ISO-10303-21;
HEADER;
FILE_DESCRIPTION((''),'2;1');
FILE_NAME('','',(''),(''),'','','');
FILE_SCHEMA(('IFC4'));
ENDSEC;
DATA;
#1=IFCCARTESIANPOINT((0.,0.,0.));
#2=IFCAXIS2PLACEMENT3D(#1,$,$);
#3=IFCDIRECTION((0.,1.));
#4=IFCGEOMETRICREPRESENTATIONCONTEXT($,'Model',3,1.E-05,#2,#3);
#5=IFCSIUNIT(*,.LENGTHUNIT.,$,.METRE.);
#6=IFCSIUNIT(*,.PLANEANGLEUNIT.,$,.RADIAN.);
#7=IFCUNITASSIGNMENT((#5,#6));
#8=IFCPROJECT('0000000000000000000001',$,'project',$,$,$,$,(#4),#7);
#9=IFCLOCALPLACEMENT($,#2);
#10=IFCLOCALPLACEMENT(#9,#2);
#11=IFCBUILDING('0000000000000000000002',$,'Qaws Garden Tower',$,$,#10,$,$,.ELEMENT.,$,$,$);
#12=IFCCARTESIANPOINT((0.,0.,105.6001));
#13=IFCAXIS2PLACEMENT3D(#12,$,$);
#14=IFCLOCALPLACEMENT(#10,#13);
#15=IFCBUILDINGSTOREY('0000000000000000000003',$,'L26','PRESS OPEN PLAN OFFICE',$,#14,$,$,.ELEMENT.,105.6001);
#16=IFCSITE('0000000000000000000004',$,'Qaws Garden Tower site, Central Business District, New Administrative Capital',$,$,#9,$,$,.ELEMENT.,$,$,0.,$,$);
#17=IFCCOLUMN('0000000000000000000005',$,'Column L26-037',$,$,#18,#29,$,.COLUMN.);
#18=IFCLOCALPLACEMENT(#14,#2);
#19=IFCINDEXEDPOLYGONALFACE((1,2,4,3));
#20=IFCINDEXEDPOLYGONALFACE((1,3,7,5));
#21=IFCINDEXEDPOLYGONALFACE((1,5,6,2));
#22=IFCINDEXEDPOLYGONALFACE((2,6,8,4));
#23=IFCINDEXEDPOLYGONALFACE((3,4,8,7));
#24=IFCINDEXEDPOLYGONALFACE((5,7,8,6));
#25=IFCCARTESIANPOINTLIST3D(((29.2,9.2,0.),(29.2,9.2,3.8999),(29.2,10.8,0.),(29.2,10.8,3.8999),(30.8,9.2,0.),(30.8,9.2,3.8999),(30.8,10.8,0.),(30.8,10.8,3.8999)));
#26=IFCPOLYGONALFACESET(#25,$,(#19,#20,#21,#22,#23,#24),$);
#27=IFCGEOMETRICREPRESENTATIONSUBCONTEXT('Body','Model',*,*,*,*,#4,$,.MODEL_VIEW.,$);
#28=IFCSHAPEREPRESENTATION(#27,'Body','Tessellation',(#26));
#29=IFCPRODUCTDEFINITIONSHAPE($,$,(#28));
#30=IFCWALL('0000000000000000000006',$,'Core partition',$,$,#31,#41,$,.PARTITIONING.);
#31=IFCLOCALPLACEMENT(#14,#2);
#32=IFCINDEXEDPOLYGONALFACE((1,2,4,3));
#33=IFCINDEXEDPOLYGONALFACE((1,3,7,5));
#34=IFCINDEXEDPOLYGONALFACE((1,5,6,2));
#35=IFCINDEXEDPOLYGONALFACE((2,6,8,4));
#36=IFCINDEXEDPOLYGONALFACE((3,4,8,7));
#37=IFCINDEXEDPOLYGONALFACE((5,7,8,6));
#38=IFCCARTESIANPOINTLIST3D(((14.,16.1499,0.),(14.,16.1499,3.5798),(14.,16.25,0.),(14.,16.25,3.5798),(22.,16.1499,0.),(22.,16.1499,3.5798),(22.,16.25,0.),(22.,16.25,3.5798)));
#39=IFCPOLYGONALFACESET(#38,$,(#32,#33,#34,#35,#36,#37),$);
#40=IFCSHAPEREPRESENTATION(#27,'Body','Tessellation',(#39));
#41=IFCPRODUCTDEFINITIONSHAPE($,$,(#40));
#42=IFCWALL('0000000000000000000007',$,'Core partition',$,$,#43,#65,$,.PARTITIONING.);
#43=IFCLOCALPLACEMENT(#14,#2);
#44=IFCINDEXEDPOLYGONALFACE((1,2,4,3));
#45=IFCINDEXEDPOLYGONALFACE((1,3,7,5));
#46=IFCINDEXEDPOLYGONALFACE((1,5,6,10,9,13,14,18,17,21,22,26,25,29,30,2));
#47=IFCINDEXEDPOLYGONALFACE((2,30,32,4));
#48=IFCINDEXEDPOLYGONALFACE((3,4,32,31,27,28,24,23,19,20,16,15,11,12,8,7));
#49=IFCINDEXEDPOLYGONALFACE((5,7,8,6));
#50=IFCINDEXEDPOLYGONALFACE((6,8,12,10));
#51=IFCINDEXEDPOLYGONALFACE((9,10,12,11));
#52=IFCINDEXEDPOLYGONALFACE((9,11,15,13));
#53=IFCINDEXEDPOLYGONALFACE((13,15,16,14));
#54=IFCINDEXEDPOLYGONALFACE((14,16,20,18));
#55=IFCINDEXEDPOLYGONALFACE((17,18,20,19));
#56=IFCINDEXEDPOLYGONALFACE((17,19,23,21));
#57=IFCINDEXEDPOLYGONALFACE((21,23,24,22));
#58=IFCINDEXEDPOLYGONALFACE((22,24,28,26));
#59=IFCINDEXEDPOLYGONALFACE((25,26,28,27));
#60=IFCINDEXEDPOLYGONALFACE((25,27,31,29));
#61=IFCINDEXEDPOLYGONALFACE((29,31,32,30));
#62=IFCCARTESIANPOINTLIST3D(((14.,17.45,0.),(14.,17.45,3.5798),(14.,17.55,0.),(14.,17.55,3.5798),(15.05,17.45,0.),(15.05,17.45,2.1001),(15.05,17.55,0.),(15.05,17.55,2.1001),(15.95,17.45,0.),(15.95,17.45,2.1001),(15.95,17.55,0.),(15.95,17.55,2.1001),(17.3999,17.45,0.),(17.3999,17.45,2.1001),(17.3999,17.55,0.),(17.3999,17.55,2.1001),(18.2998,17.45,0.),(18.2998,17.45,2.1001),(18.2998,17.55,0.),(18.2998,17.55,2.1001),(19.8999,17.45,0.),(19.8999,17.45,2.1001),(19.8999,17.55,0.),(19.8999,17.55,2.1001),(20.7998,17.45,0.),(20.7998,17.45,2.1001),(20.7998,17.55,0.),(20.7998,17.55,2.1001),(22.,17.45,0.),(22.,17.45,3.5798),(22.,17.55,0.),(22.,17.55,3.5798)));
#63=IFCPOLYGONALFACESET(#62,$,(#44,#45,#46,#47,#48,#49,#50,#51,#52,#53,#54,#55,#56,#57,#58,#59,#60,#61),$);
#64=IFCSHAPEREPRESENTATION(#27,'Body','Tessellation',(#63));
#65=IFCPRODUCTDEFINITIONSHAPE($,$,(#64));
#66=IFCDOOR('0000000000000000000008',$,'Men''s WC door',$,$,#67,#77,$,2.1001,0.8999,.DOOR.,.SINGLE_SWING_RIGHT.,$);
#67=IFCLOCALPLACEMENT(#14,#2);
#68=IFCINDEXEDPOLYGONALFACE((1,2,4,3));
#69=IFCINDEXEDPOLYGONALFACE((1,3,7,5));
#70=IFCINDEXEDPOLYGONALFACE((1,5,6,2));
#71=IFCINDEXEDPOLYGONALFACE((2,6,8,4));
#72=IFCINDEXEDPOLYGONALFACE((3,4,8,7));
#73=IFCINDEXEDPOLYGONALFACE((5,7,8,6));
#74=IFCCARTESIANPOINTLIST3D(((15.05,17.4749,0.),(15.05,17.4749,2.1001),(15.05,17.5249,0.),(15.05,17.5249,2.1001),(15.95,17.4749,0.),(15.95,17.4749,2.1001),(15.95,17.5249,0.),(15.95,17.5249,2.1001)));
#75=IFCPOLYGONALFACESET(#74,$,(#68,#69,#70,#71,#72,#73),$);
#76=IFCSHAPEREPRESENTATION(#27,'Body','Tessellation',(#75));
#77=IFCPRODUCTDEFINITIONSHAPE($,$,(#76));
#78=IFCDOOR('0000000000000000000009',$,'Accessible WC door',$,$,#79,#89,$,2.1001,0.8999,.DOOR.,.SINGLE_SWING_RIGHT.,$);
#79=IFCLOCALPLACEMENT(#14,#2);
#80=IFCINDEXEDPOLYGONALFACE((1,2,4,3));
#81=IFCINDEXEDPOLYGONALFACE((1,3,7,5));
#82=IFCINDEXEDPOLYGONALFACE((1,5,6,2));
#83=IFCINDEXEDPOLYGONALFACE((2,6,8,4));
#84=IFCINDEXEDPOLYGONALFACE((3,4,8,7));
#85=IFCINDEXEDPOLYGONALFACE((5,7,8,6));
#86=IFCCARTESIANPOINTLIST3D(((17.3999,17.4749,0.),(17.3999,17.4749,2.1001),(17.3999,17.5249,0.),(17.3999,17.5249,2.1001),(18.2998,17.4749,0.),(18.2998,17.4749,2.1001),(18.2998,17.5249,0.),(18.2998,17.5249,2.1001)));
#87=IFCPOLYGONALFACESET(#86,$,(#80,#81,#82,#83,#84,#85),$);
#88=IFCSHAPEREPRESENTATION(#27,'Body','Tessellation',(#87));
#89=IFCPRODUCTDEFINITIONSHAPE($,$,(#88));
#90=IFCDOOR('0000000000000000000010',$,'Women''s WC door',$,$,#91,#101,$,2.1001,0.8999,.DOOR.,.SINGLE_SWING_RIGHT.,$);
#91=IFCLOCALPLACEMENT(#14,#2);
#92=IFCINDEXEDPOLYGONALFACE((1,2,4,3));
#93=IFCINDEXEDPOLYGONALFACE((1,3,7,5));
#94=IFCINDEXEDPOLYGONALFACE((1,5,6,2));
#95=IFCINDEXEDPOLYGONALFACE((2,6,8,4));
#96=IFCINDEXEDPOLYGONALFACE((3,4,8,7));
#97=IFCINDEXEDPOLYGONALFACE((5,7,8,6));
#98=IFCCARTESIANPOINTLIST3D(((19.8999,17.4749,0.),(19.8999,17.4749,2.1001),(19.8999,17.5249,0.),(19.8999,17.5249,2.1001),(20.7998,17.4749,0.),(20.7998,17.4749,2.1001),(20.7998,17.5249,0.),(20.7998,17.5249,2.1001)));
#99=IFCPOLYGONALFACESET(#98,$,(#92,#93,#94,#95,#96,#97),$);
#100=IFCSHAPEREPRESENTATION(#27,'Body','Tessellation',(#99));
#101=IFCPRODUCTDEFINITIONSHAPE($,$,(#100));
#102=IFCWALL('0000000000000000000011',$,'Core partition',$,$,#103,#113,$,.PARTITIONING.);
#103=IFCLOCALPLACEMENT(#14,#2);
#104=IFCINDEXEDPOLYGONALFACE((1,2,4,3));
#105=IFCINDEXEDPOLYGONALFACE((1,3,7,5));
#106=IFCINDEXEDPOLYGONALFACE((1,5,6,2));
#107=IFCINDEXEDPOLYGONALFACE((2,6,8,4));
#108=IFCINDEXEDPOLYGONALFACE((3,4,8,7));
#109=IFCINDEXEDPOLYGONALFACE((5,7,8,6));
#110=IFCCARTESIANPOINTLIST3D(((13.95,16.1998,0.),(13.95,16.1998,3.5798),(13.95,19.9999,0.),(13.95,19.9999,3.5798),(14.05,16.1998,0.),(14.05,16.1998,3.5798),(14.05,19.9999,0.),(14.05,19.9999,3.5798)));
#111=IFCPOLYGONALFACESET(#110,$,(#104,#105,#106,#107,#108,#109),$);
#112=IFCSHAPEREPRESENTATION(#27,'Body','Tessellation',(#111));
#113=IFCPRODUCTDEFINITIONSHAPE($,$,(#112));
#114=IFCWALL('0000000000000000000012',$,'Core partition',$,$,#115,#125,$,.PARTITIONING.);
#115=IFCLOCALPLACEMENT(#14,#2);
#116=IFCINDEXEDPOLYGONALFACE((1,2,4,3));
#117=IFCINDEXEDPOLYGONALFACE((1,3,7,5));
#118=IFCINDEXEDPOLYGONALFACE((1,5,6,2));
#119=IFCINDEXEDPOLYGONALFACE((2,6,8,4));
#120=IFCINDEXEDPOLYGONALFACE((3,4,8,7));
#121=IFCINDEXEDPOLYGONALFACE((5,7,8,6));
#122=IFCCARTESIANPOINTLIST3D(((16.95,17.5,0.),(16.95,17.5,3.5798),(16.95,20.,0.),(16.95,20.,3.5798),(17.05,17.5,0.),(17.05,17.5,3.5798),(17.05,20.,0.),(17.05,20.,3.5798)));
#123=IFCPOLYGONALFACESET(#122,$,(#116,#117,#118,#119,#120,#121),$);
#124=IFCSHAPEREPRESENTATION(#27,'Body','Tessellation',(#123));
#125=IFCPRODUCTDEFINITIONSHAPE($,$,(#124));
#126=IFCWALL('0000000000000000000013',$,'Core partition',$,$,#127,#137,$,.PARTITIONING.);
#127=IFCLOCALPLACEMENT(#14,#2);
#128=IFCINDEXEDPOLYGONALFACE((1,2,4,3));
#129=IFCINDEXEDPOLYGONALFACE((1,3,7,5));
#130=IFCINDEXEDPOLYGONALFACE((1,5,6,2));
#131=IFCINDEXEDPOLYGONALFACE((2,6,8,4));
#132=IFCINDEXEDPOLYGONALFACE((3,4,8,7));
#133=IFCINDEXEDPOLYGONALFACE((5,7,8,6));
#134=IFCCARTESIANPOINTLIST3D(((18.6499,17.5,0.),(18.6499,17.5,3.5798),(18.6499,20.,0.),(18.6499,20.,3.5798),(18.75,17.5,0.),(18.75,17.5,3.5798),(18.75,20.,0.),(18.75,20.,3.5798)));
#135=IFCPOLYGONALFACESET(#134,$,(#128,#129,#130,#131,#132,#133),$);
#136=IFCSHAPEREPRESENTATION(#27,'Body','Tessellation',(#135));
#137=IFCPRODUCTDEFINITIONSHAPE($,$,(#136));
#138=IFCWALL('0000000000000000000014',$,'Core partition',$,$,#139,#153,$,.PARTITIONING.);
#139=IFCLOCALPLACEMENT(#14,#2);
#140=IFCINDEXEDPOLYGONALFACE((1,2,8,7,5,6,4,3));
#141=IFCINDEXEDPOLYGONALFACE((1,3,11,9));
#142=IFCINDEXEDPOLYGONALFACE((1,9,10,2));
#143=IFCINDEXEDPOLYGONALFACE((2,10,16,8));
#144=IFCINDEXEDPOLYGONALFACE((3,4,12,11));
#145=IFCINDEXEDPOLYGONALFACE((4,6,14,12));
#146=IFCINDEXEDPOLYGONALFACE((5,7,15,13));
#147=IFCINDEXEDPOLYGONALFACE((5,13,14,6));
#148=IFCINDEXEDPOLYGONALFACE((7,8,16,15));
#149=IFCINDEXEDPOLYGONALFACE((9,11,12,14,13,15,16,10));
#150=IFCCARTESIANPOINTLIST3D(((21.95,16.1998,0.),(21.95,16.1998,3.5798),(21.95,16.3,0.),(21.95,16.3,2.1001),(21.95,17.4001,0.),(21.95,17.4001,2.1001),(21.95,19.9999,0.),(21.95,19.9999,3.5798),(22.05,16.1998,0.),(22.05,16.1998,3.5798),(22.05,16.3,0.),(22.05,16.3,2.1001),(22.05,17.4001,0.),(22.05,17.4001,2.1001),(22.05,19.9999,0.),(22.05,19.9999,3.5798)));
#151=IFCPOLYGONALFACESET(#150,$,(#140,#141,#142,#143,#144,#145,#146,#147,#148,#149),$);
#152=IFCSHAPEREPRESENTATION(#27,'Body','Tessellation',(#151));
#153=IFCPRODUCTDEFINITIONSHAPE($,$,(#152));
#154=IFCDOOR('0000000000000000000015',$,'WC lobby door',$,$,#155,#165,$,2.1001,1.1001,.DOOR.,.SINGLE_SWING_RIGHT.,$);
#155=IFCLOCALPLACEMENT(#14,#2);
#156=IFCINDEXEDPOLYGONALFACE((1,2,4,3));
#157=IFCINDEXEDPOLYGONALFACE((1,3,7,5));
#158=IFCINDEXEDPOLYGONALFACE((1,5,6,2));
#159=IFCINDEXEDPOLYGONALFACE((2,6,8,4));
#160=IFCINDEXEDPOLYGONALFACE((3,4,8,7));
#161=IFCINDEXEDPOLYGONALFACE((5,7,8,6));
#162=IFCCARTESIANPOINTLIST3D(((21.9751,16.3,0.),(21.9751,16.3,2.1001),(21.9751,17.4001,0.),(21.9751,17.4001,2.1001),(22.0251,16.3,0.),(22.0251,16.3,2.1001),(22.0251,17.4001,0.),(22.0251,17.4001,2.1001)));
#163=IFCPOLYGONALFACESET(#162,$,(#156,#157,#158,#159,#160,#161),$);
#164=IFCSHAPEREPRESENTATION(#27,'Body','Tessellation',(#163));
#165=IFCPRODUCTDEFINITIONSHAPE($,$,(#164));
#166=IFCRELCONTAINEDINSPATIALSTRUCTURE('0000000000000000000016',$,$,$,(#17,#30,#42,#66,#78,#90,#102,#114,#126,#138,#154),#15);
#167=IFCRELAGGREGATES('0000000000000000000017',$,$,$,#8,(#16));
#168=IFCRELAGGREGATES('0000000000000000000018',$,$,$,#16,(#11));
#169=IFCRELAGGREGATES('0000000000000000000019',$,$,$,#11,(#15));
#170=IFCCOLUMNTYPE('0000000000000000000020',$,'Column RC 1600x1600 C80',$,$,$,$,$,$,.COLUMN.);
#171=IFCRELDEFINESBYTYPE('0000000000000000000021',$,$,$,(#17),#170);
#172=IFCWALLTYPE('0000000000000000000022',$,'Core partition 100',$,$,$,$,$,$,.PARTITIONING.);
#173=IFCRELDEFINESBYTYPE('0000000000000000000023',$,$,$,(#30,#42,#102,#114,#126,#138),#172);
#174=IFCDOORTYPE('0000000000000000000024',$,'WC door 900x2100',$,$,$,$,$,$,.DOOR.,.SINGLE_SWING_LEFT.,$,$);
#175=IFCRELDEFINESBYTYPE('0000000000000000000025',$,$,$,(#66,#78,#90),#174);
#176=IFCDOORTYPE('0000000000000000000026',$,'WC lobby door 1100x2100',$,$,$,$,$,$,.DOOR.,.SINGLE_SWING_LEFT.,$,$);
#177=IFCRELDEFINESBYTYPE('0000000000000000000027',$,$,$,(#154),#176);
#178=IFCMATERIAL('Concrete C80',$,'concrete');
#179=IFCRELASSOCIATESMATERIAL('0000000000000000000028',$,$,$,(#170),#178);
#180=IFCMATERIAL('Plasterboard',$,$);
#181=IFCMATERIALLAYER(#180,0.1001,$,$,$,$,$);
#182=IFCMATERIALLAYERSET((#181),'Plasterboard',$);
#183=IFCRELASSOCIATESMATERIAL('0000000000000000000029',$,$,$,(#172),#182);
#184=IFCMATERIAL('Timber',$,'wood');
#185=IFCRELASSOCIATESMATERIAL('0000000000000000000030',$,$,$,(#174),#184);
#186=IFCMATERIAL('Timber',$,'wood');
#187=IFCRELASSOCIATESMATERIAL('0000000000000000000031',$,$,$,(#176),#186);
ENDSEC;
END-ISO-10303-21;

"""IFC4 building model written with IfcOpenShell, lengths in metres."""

from ifc_helpers import new_model, si_unit, direction, frame, frame_2d, origin, origin_2d, place, context, subcontext, project, spatial, rectangle, extrude, material, layer, layer_set, material_profile, profile_set, type_object, element, fill, save


model = new_model("IFC4")

# Units and contexts
model_context = context("Model", 3, precision=1e-05, world=origin(), true_north=direction((0.0, 1.0)))
body_context = subcontext(model_context, "Body", "Model", "MODEL_VIEW")
ifc_project = project(units=[si_unit("LENGTHUNIT", "METRE"), si_unit("PLANEANGLEUNIT", "RADIAN")], contexts=[model_context])

# Site, building, storey
site_placement = place(None, origin())
site = spatial("IfcSite", under=ifc_project, at=site_placement, Name="Qaws Garden Tower site, Central Business District, New Administrative Capital", CompositionType="ELEMENT", RefElevation=0.0)
building_placement = place(site_placement, origin())
building = spatial("IfcBuilding", under=site, at=building_placement, Name="Qaws Garden Tower", CompositionType="ELEMENT")
storey_placement = place(building_placement, frame((0.0, 0.0, 105.6001)))
storey = spatial("IfcBuildingStorey", under=building, at=storey_placement, Name="L26", Description="PRESS OPEN PLAN OFFICE", CompositionType="ELEMENT", Elevation=105.6001)

# Column
ifc_material_1 = material(Name="Concrete C80", Category="concrete")
ifc_material_profile = material_profile(ifc_material_1, rectangle(XDim=1.6001, YDim=1.6001, at=origin_2d()), Name="RC 1600x1600")
ifc_profile_set = profile_set([ifc_material_profile], Name="Concrete C80")
column_type = type_object("IfcColumnType", Name="Column RC 1600x1600 C80", PredefinedType="COLUMN", material=ifc_profile_set)
column_placement = place(storey_placement, frame((30.0, 10.0, 0.0), z_axis=(0.0, 0.0, 1.0), x_axis=(1.0, 0.0, 0.0)))
element("IfcColumn", 1, at=column_placement, inside=storey, type_object=column_type, Name="Column L26-037", PredefinedType="COLUMN", context=body_context, shape_type="SweptSolid", body=[
    extrude(rectangle(XDim=1.6001, YDim=1.6001, at=origin_2d()), origin(), (0.0, 0.0, 1.0), 3.8999),
])

# Wall
ifc_material_2 = material(Name="Plasterboard")
ifc_layer_1 = layer(ifc_material_2, 0.1001)
ifc_layer_set_1 = layer_set([ifc_layer_1], Name="Plasterboard")
wall_type_1 = type_object("IfcWallType", Name="Core partition 100", PredefinedType="PARTITIONING", material=ifc_layer_set_1)
wall_1_placement = place(storey_placement, frame((14.0, 16.2, 0.0), z_axis=(0.0, 0.0, 1.0), x_axis=(1.0, 0.0, 0.0)))
element("IfcWall", 2, at=wall_1_placement, inside=storey, type_object=wall_type_1, Name="Core partition", PredefinedType="PARTITIONING", context=body_context, shape_type="SweptSolid", body=[
    extrude(rectangle(XDim=8.0, YDim=0.1001, at=frame_2d((4.0, 0.0))), origin(), (0.0, 0.0, 1.0), 3.5798),
])

# Wall, openings, doors
wall_2_placement = place(storey_placement, frame((14.0, 17.5, 0.0), z_axis=(0.0, 0.0, 1.0), x_axis=(1.0, 0.0, 0.0)))
wall_2 = element("IfcWall", 3, at=wall_2_placement, inside=storey, type_object=wall_type_1, Name="Core partition", PredefinedType="PARTITIONING", context=body_context, shape_type="SweptSolid", body=[
    extrude(rectangle(XDim=8.0, YDim=0.1001, at=frame_2d((4.0, 0.0))), origin(), (0.0, 0.0, 1.0), 3.5798),
])
opening_1_placement = place(wall_2_placement, frame((1.05, 0.0, 0.0)))
opening_1 = element("IfcOpeningElement", 4, at=opening_1_placement, cuts=wall_2, PredefinedType="OPENING", context=body_context, shape_type="SweptSolid", body=[
    extrude(rectangle(XDim=0.8999, YDim=2.1001, at=frame_2d((0.45, 1.05))), frame((0.0, 0.0601, 0.0), z_axis=(0.0, -1.0, 0.0), x_axis=(1.0, 0.0, 0.0)), (0.0, 0.0, 1.0), 0.1201),
])
opening_2_placement = place(wall_2_placement, frame((3.3999, 0.0, 0.0)))
opening_2 = element("IfcOpeningElement", 5, at=opening_2_placement, cuts=wall_2, PredefinedType="OPENING", context=body_context, shape_type="SweptSolid", body=[
    extrude(rectangle(XDim=0.8999, YDim=2.1001, at=frame_2d((0.45, 1.05))), frame((0.0, 0.0601, 0.0), z_axis=(0.0, -1.0, 0.0), x_axis=(1.0, 0.0, 0.0)), (0.0, 0.0, 1.0), 0.1201),
])
opening_3_placement = place(wall_2_placement, frame((5.8999, 0.0, 0.0)))
opening_3 = element("IfcOpeningElement", 6, at=opening_3_placement, cuts=wall_2, PredefinedType="OPENING", context=body_context, shape_type="SweptSolid", body=[
    extrude(rectangle(XDim=0.8999, YDim=2.1001, at=frame_2d((0.45, 1.05))), frame((0.0, 0.0601, 0.0), z_axis=(0.0, -1.0, 0.0), x_axis=(1.0, 0.0, 0.0)), (0.0, 0.0, 1.0), 0.1201),
])
ifc_material_3 = material(Name="Timber", Category="wood")
door_type_1 = type_object("IfcDoorType", Name="WC door 900x2100", OperationType="SINGLE_SWING_LEFT", PredefinedType="DOOR", material=ifc_material_3)
door_1_placement = place(opening_1_placement, origin())
door_1 = element("IfcDoor", 7, at=door_1_placement, inside=storey, type_object=door_type_1, Name="Men's WC door", OperationType="SINGLE_SWING_RIGHT", OverallHeight=2.1001, OverallWidth=0.8999, PredefinedType="DOOR", context=body_context, shape_type="SweptSolid", body=[
    extrude(rectangle(XDim=0.8999, YDim=2.1001, at=frame_2d((0.45, 1.05))), frame((0.0, 0.0249, 0.0), z_axis=(0.0, -1.0, 0.0), x_axis=(1.0, 0.0, 0.0)), (0.0, 0.0, 1.0), 0.05),
])
fill(opening_1, door_1)
door_2_placement = place(opening_2_placement, origin())
door_2 = element("IfcDoor", 8, at=door_2_placement, inside=storey, type_object=door_type_1, Name="Accessible WC door", OperationType="SINGLE_SWING_RIGHT", OverallHeight=2.1001, OverallWidth=0.8999, PredefinedType="DOOR", context=body_context, shape_type="SweptSolid", body=[
    extrude(rectangle(XDim=0.8999, YDim=2.1001, at=frame_2d((0.45, 1.05))), frame((0.0, 0.0249, 0.0), z_axis=(0.0, -1.0, 0.0), x_axis=(1.0, 0.0, 0.0)), (0.0, 0.0, 1.0), 0.05),
])
fill(opening_2, door_2)
door_3_placement = place(opening_3_placement, origin())
door_3 = element("IfcDoor", 9, at=door_3_placement, inside=storey, type_object=door_type_1, Name="Women's WC door", OperationType="SINGLE_SWING_RIGHT", OverallHeight=2.1001, OverallWidth=0.8999, PredefinedType="DOOR", context=body_context, shape_type="SweptSolid", body=[
    extrude(rectangle(XDim=0.8999, YDim=2.1001, at=frame_2d((0.45, 1.05))), frame((0.0, 0.0249, 0.0), z_axis=(0.0, -1.0, 0.0), x_axis=(1.0, 0.0, 0.0)), (0.0, 0.0, 1.0), 0.05),
])
fill(opening_3, door_3)

# Walls
wall_3_placement = place(storey_placement, frame((14.0, 16.2, 0.0), z_axis=(0.0, 0.0, 1.0), x_axis=(0.0, 1.0, 0.0)))
element("IfcWall", 10, at=wall_3_placement, inside=storey, type_object=wall_type_1, Name="Core partition", PredefinedType="PARTITIONING", context=body_context, shape_type="SweptSolid", body=[
    extrude(rectangle(XDim=3.8, YDim=0.1001, at=frame_2d((1.8999, 0.0))), origin(), (0.0, 0.0, 1.0), 3.5798),
])
for number, where, z_axis, x_axis, name in (
    (11, (17.0, 17.5, 0.0), (0.0, 0.0, 1.0), (0.0, 1.0, 0.0), "Core partition"),
    (12, (18.7, 17.5, 0.0), (0.0, 0.0, 1.0), (0.0, 1.0, 0.0), "Core partition"),
):
    element("IfcWall", number, at=place(storey_placement, frame(where, z_axis=z_axis, x_axis=x_axis)), inside=storey, type_object=wall_type_1, Name=name, PredefinedType="PARTITIONING", context=body_context, shape_type="SweptSolid", body=[
        extrude(rectangle(XDim=2.5, YDim=0.1001, at=frame_2d((1.25, 0.0))), origin(), (0.0, 0.0, 1.0), 3.5798),
    ])

# Wall, opening, door
wall_4_placement = place(storey_placement, frame((22.0, 16.2, 0.0), z_axis=(0.0, 0.0, 1.0), x_axis=(0.0, 1.0, 0.0)))
wall_4 = element("IfcWall", 13, at=wall_4_placement, inside=storey, type_object=wall_type_1, Name="Core partition", PredefinedType="PARTITIONING", context=body_context, shape_type="SweptSolid", body=[
    extrude(rectangle(XDim=3.8, YDim=0.1001, at=frame_2d((1.8999, 0.0))), origin(), (0.0, 0.0, 1.0), 3.5798),
])
opening_4_placement = place(wall_4_placement, frame((0.1001, 0.0, 0.0)))
opening_4 = element("IfcOpeningElement", 14, at=opening_4_placement, cuts=wall_4, PredefinedType="OPENING", context=body_context, shape_type="SweptSolid", body=[
    extrude(rectangle(XDim=1.1001, YDim=2.1001, at=frame_2d((0.55, 1.05))), frame((0.0, 0.0601, 0.0), z_axis=(0.0, -1.0, 0.0), x_axis=(1.0, 0.0, 0.0)), (0.0, 0.0, 1.0), 0.1201),
])
ifc_material_4 = material(Name="Timber", Category="wood")
door_type_2 = type_object("IfcDoorType", Name="WC lobby door 1100x2100", OperationType="SINGLE_SWING_LEFT", PredefinedType="DOOR", material=ifc_material_4)
door_4_placement = place(opening_4_placement, origin())
door_4 = element("IfcDoor", 15, at=door_4_placement, inside=storey, type_object=door_type_2, Name="WC lobby door", OperationType="SINGLE_SWING_RIGHT", OverallHeight=2.1001, OverallWidth=1.1001, PredefinedType="DOOR", context=body_context, shape_type="SweptSolid", body=[
    extrude(rectangle(XDim=1.1001, YDim=2.1001, at=frame_2d((0.55, 1.05))), frame((0.0, 0.0249, 0.0), z_axis=(0.0, -1.0, 0.0), x_axis=(1.0, 0.0, 0.0)), (0.0, 0.0, 1.0), 0.05),
])
fill(opening_4, door_4)

save(model, "model.ifc")
